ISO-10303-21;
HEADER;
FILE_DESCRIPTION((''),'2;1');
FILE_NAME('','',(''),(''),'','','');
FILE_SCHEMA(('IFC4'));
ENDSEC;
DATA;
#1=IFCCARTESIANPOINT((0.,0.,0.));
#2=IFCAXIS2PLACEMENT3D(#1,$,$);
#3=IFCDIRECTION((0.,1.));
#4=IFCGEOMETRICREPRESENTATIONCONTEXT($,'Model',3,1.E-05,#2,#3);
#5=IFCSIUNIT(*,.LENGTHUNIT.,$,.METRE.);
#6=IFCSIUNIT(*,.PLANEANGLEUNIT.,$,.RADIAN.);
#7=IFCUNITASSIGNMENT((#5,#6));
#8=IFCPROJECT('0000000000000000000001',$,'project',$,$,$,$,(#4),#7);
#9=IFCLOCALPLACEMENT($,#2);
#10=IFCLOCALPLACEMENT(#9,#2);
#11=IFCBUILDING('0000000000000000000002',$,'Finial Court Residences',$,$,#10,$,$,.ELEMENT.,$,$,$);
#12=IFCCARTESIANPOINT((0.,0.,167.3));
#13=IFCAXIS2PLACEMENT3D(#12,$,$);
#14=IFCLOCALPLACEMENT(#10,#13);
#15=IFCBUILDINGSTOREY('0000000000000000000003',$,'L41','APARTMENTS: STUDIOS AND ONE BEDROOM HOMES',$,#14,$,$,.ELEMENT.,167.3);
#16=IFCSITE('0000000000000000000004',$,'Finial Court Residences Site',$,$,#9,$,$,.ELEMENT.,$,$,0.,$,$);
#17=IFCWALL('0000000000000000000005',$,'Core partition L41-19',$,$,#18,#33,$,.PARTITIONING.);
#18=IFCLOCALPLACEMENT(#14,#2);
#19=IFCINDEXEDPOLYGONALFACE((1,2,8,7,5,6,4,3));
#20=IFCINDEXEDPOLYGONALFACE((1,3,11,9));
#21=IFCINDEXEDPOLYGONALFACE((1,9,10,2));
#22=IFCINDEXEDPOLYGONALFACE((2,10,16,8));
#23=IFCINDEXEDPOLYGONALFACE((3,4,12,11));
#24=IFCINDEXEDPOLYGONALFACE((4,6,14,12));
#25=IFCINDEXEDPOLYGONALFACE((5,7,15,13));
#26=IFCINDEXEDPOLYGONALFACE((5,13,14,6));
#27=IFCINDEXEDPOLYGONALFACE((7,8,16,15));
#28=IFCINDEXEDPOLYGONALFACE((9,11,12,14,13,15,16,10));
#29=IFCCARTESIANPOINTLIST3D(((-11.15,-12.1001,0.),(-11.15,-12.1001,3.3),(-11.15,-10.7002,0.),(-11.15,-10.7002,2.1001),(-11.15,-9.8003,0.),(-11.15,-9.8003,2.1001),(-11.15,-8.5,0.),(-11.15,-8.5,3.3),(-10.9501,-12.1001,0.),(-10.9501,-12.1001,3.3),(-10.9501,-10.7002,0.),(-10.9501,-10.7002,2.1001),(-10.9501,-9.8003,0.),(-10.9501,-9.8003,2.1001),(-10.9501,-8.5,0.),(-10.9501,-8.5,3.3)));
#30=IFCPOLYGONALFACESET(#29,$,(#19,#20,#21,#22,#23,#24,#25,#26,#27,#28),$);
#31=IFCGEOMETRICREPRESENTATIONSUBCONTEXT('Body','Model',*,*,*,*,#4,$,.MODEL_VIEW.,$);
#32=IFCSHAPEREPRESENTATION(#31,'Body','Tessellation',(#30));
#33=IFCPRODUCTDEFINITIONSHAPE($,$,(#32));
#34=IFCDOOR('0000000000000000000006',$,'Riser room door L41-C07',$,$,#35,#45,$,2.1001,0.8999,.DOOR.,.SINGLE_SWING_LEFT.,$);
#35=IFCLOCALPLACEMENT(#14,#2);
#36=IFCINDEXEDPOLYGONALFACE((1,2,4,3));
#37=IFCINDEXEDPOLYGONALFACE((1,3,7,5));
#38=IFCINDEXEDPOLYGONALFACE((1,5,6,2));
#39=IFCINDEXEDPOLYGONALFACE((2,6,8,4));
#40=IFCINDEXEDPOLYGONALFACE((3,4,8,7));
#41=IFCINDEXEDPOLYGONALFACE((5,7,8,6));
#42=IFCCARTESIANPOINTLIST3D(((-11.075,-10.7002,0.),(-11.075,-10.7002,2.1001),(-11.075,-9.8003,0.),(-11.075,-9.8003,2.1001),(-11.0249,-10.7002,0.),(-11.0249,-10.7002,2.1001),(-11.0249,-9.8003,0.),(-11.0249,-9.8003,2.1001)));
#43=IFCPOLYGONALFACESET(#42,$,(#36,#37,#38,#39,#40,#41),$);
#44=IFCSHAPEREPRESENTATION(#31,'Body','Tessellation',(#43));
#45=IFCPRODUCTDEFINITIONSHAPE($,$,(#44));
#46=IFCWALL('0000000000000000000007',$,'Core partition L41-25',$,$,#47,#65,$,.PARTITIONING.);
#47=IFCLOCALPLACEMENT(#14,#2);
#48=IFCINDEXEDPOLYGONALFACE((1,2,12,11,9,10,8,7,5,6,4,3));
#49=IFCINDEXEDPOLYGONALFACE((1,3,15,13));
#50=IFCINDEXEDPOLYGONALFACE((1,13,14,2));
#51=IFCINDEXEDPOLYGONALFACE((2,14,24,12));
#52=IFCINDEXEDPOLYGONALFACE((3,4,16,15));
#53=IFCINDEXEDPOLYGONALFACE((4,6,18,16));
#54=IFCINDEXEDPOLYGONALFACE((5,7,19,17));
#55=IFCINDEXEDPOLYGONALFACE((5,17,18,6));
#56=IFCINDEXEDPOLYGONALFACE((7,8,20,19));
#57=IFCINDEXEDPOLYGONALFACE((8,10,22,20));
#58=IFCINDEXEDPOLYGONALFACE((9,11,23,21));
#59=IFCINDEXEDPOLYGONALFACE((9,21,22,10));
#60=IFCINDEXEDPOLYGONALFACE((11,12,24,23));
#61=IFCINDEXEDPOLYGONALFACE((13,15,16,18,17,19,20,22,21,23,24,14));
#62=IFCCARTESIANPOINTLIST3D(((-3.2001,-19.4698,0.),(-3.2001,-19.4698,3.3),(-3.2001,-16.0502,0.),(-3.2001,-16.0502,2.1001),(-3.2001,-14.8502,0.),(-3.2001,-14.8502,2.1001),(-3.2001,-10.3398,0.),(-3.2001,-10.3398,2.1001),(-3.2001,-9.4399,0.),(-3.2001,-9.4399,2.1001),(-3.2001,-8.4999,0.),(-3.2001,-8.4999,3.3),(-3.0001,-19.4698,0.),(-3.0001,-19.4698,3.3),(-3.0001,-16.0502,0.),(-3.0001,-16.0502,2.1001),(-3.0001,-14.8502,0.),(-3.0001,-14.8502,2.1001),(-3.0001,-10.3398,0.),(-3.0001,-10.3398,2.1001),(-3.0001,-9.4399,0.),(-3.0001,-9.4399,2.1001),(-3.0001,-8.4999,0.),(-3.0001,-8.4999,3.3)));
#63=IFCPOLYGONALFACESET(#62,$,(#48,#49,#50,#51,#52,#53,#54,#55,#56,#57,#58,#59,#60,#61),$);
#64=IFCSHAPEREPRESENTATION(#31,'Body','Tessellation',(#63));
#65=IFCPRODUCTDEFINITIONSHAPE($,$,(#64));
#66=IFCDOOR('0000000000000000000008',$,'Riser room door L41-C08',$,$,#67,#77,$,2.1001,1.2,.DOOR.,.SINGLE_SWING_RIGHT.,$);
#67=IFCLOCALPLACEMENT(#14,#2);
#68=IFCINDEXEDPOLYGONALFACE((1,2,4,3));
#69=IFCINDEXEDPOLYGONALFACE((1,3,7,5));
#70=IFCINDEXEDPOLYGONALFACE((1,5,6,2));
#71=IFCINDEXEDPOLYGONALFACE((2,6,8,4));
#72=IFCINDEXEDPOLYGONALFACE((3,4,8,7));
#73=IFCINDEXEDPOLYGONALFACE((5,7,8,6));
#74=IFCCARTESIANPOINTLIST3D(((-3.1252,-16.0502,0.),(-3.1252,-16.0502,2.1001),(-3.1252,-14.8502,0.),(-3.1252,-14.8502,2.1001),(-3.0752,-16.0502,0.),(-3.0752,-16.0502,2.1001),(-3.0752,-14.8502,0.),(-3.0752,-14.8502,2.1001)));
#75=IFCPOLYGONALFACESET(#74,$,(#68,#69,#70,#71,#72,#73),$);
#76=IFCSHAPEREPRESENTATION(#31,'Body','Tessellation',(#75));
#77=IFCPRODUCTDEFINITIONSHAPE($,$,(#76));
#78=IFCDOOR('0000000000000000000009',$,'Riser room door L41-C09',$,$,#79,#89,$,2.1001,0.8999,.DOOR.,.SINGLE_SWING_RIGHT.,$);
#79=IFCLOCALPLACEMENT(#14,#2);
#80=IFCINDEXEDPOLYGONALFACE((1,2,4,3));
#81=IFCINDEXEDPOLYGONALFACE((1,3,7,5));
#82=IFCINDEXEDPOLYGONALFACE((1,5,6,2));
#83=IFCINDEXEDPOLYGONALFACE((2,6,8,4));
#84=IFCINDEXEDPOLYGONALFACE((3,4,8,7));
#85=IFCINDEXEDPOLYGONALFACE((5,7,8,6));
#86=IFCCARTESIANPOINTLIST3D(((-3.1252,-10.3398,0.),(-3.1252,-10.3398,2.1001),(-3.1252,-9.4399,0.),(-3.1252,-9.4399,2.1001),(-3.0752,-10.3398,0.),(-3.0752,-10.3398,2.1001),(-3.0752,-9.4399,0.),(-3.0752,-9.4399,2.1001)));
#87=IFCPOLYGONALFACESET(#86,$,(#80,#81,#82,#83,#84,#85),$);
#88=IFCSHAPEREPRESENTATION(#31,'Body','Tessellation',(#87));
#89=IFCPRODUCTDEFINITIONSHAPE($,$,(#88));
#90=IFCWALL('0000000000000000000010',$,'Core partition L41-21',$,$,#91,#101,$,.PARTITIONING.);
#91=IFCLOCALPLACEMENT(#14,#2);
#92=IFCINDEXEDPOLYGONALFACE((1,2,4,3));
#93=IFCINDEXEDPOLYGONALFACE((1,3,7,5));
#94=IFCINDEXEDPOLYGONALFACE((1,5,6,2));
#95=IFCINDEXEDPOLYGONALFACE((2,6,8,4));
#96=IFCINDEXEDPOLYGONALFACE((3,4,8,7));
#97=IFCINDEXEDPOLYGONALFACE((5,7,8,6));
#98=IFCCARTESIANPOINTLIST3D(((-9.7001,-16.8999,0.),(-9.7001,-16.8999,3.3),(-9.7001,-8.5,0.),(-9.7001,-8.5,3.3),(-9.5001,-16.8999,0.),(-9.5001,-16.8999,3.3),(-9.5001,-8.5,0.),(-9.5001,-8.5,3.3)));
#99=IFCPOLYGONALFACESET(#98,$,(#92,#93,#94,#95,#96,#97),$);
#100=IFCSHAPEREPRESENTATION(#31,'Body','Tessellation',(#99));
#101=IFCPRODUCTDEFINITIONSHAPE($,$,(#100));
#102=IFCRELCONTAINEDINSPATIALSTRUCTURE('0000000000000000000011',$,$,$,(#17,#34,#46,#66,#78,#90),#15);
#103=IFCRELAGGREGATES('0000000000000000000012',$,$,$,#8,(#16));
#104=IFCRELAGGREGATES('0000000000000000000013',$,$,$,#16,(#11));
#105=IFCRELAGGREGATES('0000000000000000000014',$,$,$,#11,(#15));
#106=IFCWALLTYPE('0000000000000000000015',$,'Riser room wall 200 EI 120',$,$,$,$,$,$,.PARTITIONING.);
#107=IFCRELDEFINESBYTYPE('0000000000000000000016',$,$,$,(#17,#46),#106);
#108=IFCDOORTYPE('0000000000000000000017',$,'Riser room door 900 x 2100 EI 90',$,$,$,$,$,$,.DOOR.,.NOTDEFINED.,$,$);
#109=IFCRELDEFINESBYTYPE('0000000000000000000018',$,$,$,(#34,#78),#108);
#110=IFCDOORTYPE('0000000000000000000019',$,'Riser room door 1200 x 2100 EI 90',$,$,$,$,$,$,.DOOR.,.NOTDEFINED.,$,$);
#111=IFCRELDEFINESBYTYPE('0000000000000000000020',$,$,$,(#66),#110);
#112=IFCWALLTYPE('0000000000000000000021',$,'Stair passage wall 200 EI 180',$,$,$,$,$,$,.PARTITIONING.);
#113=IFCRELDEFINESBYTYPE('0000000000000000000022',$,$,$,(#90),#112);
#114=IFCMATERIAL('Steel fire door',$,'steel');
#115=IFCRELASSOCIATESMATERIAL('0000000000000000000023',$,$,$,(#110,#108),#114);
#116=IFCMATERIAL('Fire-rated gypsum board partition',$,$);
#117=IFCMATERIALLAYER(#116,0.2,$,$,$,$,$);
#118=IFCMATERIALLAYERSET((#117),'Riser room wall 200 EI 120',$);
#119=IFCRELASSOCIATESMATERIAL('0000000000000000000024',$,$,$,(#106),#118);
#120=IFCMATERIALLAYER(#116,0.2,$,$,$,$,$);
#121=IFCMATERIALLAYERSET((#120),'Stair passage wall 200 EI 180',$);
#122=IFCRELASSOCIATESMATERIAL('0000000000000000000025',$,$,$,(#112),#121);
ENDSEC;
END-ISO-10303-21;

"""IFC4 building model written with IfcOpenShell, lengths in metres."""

from ifc_helpers import new_model, si_unit, direction, frame, frame_2d, origin, place, context, subcontext, project, spatial, rectangle, extrude, material, layer, layer_set, type_object, element, fill, save


model = new_model("IFC4")

# Units and contexts
model_context = context("Model", 3, precision=1e-05, world=origin(), true_north=direction((0.0, 1.0)))
body_context = subcontext(model_context, "Body", "Model", "MODEL_VIEW")
ifc_project = project(units=[si_unit("LENGTHUNIT", "METRE"), si_unit("PLANEANGLEUNIT", "RADIAN")], contexts=[model_context])

# Site, building, storey
site_placement = place(None, origin())
site = spatial("IfcSite", under=ifc_project, at=site_placement, Name="Finial Court Residences Site", CompositionType="ELEMENT", RefElevation=0.0)
building_placement = place(site_placement, origin())
building = spatial("IfcBuilding", under=site, at=building_placement, Name="Finial Court Residences", CompositionType="ELEMENT")
storey_placement = place(building_placement, frame((0.0, 0.0, 167.3)))
storey = spatial("IfcBuildingStorey", under=building, at=storey_placement, Name="L41", Description="APARTMENTS: STUDIOS AND ONE BEDROOM HOMES", CompositionType="ELEMENT", Elevation=167.3)

# Shared definitions
ifc_material_1 = material(Name="Steel fire door", Category="steel")
door_type_1 = type_object("IfcDoorType", Name="Riser room door 1200 x 2100 EI 90", OperationType="NOTDEFINED", PredefinedType="DOOR", material=ifc_material_1)
door_type_2 = type_object("IfcDoorType", Name="Riser room door 900 x 2100 EI 90", OperationType="NOTDEFINED", PredefinedType="DOOR", material=ifc_material_1)

# Shared definitions
ifc_material_2 = material(Name="Fire-rated gypsum board partition")
ifc_layer_1 = layer(ifc_material_2, 0.2)
ifc_layer_set_1 = layer_set([ifc_layer_1], Name="Riser room wall 200 EI 120")
wall_type_1 = type_object("IfcWallType", Name="Riser room wall 200 EI 120", PredefinedType="PARTITIONING", material=ifc_layer_set_1)

# Wall, opening, door
wall_1_placement = place(storey_placement, frame((-11.05, -12.1001, 0.0), z_axis=(0.0, 0.0, 1.0), x_axis=(0.0, 1.0, 0.0)))
wall_1 = element("IfcWall", 1, at=wall_1_placement, inside=storey, type_object=wall_type_1, Name="Core partition L41-19", PredefinedType="PARTITIONING", context=body_context, shape_type="SweptSolid", body=[
    extrude(rectangle(XDim=3.6001, YDim=0.2, at=frame_2d((1.8, 0.0))), origin(), (0.0, 0.0, 1.0), 3.3),
])
opening_1_placement = place(wall_1_placement, frame((1.3999, 0.0, 0.0)))
opening_1 = element("IfcOpeningElement", 2, at=opening_1_placement, cuts=wall_1, PredefinedType="OPENING", context=body_context, shape_type="SweptSolid", body=[
    extrude(rectangle(XDim=0.8999, YDim=2.1001, at=frame_2d((0.45, 1.05))), frame((0.0, 0.1099, 0.0), z_axis=(0.0, -1.0, 0.0), x_axis=(1.0, 0.0, 0.0)), (0.0, 0.0, 1.0), 0.22),
])
door_1_placement = place(opening_1_placement, origin())
door_1 = element("IfcDoor", 3, at=door_1_placement, inside=storey, type_object=door_type_2, Name="Riser room door L41-C07", OperationType="SINGLE_SWING_LEFT", OverallHeight=2.1001, OverallWidth=0.8999, PredefinedType="DOOR", context=body_context, shape_type="SweptSolid", body=[
    extrude(rectangle(XDim=0.8999, YDim=2.1001, at=frame_2d((0.45, 1.05))), frame((0.0, 0.0249, 0.0), z_axis=(0.0, -1.0, 0.0), x_axis=(1.0, 0.0, 0.0)), (0.0, 0.0, 1.0), 0.05),
])
fill(opening_1, door_1)

# Wall, openings, doors
wall_2_placement = place(storey_placement, frame((-3.1001, -8.5, 0.0), z_axis=(0.0, 0.0, 1.0), x_axis=(0.0, -1.0, 0.0)))
wall_2 = element("IfcWall", 4, at=wall_2_placement, inside=storey, type_object=wall_type_1, Name="Core partition L41-25", PredefinedType="PARTITIONING", context=body_context, shape_type="SweptSolid", body=[
    extrude(rectangle(XDim=10.97, YDim=0.2, at=frame_2d((5.4849, 0.0))), origin(), (0.0, 0.0, 1.0), 3.3),
])
opening_2_placement = place(wall_2_placement, frame((6.3501, 0.0, 0.0)))
opening_2 = element("IfcOpeningElement", 5, at=opening_2_placement, cuts=wall_2, PredefinedType="OPENING", context=body_context, shape_type="SweptSolid", body=[
    extrude(rectangle(XDim=1.2, YDim=2.1001, at=frame_2d((0.6001, 1.05))), frame((0.0, 0.1099, 0.0), z_axis=(0.0, -1.0, 0.0), x_axis=(1.0, 0.0, 0.0)), (0.0, 0.0, 1.0), 0.22),
])
opening_3_placement = place(wall_2_placement, frame((0.9399, 0.0, 0.0)))
opening_3 = element("IfcOpeningElement", 6, at=opening_3_placement, cuts=wall_2, PredefinedType="OPENING", context=body_context, shape_type="SweptSolid", body=[
    extrude(rectangle(XDim=0.8999, YDim=2.1001, at=frame_2d((0.45, 1.05))), frame((0.0, 0.1099, 0.0), z_axis=(0.0, -1.0, 0.0), x_axis=(1.0, 0.0, 0.0)), (0.0, 0.0, 1.0), 0.22),
])
door_2_placement = place(opening_2_placement, origin())
door_2 = element("IfcDoor", 7, at=door_2_placement, inside=storey, type_object=door_type_1, Name="Riser room door L41-C08", OperationType="SINGLE_SWING_RIGHT", OverallHeight=2.1001, OverallWidth=1.2, PredefinedType="DOOR", context=body_context, shape_type="SweptSolid", body=[
    extrude(rectangle(XDim=1.2, YDim=2.1001, at=frame_2d((0.6001, 1.05))), frame((0.0, 0.0249, 0.0), z_axis=(0.0, -1.0, 0.0), x_axis=(1.0, 0.0, 0.0)), (0.0, 0.0, 1.0), 0.05),
])
fill(opening_2, door_2)
door_3_placement = place(opening_3_placement, origin())
door_3 = element("IfcDoor", 8, at=door_3_placement, inside=storey, type_object=door_type_2, Name="Riser room door L41-C09", OperationType="SINGLE_SWING_RIGHT", OverallHeight=2.1001, OverallWidth=0.8999, PredefinedType="DOOR", context=body_context, shape_type="SweptSolid", body=[
    extrude(rectangle(XDim=0.8999, YDim=2.1001, at=frame_2d((0.45, 1.05))), frame((0.0, 0.0249, 0.0), z_axis=(0.0, -1.0, 0.0), x_axis=(1.0, 0.0, 0.0)), (0.0, 0.0, 1.0), 0.05),
])
fill(opening_3, door_3)

# Wall
ifc_layer_2 = layer(ifc_material_2, 0.2)
ifc_layer_set_2 = layer_set([ifc_layer_2], Name="Stair passage wall 200 EI 180")
wall_type_2 = type_object("IfcWallType", Name="Stair passage wall 200 EI 180", PredefinedType="PARTITIONING", material=ifc_layer_set_2)
wall_3_placement = place(storey_placement, frame((-9.6001, -16.8999, 0.0), z_axis=(0.0, 0.0, 1.0), x_axis=(0.0, 1.0, 0.0)))
element("IfcWall", 9, at=wall_3_placement, inside=storey, type_object=wall_type_2, Name="Core partition L41-21", PredefinedType="PARTITIONING", context=body_context, shape_type="SweptSolid", body=[
    extrude(rectangle(XDim=8.3999, YDim=0.2, at=frame_2d((4.2, 0.0))), origin(), (0.0, 0.0, 1.0), 3.3),
])

save(model, "model.ifc")
